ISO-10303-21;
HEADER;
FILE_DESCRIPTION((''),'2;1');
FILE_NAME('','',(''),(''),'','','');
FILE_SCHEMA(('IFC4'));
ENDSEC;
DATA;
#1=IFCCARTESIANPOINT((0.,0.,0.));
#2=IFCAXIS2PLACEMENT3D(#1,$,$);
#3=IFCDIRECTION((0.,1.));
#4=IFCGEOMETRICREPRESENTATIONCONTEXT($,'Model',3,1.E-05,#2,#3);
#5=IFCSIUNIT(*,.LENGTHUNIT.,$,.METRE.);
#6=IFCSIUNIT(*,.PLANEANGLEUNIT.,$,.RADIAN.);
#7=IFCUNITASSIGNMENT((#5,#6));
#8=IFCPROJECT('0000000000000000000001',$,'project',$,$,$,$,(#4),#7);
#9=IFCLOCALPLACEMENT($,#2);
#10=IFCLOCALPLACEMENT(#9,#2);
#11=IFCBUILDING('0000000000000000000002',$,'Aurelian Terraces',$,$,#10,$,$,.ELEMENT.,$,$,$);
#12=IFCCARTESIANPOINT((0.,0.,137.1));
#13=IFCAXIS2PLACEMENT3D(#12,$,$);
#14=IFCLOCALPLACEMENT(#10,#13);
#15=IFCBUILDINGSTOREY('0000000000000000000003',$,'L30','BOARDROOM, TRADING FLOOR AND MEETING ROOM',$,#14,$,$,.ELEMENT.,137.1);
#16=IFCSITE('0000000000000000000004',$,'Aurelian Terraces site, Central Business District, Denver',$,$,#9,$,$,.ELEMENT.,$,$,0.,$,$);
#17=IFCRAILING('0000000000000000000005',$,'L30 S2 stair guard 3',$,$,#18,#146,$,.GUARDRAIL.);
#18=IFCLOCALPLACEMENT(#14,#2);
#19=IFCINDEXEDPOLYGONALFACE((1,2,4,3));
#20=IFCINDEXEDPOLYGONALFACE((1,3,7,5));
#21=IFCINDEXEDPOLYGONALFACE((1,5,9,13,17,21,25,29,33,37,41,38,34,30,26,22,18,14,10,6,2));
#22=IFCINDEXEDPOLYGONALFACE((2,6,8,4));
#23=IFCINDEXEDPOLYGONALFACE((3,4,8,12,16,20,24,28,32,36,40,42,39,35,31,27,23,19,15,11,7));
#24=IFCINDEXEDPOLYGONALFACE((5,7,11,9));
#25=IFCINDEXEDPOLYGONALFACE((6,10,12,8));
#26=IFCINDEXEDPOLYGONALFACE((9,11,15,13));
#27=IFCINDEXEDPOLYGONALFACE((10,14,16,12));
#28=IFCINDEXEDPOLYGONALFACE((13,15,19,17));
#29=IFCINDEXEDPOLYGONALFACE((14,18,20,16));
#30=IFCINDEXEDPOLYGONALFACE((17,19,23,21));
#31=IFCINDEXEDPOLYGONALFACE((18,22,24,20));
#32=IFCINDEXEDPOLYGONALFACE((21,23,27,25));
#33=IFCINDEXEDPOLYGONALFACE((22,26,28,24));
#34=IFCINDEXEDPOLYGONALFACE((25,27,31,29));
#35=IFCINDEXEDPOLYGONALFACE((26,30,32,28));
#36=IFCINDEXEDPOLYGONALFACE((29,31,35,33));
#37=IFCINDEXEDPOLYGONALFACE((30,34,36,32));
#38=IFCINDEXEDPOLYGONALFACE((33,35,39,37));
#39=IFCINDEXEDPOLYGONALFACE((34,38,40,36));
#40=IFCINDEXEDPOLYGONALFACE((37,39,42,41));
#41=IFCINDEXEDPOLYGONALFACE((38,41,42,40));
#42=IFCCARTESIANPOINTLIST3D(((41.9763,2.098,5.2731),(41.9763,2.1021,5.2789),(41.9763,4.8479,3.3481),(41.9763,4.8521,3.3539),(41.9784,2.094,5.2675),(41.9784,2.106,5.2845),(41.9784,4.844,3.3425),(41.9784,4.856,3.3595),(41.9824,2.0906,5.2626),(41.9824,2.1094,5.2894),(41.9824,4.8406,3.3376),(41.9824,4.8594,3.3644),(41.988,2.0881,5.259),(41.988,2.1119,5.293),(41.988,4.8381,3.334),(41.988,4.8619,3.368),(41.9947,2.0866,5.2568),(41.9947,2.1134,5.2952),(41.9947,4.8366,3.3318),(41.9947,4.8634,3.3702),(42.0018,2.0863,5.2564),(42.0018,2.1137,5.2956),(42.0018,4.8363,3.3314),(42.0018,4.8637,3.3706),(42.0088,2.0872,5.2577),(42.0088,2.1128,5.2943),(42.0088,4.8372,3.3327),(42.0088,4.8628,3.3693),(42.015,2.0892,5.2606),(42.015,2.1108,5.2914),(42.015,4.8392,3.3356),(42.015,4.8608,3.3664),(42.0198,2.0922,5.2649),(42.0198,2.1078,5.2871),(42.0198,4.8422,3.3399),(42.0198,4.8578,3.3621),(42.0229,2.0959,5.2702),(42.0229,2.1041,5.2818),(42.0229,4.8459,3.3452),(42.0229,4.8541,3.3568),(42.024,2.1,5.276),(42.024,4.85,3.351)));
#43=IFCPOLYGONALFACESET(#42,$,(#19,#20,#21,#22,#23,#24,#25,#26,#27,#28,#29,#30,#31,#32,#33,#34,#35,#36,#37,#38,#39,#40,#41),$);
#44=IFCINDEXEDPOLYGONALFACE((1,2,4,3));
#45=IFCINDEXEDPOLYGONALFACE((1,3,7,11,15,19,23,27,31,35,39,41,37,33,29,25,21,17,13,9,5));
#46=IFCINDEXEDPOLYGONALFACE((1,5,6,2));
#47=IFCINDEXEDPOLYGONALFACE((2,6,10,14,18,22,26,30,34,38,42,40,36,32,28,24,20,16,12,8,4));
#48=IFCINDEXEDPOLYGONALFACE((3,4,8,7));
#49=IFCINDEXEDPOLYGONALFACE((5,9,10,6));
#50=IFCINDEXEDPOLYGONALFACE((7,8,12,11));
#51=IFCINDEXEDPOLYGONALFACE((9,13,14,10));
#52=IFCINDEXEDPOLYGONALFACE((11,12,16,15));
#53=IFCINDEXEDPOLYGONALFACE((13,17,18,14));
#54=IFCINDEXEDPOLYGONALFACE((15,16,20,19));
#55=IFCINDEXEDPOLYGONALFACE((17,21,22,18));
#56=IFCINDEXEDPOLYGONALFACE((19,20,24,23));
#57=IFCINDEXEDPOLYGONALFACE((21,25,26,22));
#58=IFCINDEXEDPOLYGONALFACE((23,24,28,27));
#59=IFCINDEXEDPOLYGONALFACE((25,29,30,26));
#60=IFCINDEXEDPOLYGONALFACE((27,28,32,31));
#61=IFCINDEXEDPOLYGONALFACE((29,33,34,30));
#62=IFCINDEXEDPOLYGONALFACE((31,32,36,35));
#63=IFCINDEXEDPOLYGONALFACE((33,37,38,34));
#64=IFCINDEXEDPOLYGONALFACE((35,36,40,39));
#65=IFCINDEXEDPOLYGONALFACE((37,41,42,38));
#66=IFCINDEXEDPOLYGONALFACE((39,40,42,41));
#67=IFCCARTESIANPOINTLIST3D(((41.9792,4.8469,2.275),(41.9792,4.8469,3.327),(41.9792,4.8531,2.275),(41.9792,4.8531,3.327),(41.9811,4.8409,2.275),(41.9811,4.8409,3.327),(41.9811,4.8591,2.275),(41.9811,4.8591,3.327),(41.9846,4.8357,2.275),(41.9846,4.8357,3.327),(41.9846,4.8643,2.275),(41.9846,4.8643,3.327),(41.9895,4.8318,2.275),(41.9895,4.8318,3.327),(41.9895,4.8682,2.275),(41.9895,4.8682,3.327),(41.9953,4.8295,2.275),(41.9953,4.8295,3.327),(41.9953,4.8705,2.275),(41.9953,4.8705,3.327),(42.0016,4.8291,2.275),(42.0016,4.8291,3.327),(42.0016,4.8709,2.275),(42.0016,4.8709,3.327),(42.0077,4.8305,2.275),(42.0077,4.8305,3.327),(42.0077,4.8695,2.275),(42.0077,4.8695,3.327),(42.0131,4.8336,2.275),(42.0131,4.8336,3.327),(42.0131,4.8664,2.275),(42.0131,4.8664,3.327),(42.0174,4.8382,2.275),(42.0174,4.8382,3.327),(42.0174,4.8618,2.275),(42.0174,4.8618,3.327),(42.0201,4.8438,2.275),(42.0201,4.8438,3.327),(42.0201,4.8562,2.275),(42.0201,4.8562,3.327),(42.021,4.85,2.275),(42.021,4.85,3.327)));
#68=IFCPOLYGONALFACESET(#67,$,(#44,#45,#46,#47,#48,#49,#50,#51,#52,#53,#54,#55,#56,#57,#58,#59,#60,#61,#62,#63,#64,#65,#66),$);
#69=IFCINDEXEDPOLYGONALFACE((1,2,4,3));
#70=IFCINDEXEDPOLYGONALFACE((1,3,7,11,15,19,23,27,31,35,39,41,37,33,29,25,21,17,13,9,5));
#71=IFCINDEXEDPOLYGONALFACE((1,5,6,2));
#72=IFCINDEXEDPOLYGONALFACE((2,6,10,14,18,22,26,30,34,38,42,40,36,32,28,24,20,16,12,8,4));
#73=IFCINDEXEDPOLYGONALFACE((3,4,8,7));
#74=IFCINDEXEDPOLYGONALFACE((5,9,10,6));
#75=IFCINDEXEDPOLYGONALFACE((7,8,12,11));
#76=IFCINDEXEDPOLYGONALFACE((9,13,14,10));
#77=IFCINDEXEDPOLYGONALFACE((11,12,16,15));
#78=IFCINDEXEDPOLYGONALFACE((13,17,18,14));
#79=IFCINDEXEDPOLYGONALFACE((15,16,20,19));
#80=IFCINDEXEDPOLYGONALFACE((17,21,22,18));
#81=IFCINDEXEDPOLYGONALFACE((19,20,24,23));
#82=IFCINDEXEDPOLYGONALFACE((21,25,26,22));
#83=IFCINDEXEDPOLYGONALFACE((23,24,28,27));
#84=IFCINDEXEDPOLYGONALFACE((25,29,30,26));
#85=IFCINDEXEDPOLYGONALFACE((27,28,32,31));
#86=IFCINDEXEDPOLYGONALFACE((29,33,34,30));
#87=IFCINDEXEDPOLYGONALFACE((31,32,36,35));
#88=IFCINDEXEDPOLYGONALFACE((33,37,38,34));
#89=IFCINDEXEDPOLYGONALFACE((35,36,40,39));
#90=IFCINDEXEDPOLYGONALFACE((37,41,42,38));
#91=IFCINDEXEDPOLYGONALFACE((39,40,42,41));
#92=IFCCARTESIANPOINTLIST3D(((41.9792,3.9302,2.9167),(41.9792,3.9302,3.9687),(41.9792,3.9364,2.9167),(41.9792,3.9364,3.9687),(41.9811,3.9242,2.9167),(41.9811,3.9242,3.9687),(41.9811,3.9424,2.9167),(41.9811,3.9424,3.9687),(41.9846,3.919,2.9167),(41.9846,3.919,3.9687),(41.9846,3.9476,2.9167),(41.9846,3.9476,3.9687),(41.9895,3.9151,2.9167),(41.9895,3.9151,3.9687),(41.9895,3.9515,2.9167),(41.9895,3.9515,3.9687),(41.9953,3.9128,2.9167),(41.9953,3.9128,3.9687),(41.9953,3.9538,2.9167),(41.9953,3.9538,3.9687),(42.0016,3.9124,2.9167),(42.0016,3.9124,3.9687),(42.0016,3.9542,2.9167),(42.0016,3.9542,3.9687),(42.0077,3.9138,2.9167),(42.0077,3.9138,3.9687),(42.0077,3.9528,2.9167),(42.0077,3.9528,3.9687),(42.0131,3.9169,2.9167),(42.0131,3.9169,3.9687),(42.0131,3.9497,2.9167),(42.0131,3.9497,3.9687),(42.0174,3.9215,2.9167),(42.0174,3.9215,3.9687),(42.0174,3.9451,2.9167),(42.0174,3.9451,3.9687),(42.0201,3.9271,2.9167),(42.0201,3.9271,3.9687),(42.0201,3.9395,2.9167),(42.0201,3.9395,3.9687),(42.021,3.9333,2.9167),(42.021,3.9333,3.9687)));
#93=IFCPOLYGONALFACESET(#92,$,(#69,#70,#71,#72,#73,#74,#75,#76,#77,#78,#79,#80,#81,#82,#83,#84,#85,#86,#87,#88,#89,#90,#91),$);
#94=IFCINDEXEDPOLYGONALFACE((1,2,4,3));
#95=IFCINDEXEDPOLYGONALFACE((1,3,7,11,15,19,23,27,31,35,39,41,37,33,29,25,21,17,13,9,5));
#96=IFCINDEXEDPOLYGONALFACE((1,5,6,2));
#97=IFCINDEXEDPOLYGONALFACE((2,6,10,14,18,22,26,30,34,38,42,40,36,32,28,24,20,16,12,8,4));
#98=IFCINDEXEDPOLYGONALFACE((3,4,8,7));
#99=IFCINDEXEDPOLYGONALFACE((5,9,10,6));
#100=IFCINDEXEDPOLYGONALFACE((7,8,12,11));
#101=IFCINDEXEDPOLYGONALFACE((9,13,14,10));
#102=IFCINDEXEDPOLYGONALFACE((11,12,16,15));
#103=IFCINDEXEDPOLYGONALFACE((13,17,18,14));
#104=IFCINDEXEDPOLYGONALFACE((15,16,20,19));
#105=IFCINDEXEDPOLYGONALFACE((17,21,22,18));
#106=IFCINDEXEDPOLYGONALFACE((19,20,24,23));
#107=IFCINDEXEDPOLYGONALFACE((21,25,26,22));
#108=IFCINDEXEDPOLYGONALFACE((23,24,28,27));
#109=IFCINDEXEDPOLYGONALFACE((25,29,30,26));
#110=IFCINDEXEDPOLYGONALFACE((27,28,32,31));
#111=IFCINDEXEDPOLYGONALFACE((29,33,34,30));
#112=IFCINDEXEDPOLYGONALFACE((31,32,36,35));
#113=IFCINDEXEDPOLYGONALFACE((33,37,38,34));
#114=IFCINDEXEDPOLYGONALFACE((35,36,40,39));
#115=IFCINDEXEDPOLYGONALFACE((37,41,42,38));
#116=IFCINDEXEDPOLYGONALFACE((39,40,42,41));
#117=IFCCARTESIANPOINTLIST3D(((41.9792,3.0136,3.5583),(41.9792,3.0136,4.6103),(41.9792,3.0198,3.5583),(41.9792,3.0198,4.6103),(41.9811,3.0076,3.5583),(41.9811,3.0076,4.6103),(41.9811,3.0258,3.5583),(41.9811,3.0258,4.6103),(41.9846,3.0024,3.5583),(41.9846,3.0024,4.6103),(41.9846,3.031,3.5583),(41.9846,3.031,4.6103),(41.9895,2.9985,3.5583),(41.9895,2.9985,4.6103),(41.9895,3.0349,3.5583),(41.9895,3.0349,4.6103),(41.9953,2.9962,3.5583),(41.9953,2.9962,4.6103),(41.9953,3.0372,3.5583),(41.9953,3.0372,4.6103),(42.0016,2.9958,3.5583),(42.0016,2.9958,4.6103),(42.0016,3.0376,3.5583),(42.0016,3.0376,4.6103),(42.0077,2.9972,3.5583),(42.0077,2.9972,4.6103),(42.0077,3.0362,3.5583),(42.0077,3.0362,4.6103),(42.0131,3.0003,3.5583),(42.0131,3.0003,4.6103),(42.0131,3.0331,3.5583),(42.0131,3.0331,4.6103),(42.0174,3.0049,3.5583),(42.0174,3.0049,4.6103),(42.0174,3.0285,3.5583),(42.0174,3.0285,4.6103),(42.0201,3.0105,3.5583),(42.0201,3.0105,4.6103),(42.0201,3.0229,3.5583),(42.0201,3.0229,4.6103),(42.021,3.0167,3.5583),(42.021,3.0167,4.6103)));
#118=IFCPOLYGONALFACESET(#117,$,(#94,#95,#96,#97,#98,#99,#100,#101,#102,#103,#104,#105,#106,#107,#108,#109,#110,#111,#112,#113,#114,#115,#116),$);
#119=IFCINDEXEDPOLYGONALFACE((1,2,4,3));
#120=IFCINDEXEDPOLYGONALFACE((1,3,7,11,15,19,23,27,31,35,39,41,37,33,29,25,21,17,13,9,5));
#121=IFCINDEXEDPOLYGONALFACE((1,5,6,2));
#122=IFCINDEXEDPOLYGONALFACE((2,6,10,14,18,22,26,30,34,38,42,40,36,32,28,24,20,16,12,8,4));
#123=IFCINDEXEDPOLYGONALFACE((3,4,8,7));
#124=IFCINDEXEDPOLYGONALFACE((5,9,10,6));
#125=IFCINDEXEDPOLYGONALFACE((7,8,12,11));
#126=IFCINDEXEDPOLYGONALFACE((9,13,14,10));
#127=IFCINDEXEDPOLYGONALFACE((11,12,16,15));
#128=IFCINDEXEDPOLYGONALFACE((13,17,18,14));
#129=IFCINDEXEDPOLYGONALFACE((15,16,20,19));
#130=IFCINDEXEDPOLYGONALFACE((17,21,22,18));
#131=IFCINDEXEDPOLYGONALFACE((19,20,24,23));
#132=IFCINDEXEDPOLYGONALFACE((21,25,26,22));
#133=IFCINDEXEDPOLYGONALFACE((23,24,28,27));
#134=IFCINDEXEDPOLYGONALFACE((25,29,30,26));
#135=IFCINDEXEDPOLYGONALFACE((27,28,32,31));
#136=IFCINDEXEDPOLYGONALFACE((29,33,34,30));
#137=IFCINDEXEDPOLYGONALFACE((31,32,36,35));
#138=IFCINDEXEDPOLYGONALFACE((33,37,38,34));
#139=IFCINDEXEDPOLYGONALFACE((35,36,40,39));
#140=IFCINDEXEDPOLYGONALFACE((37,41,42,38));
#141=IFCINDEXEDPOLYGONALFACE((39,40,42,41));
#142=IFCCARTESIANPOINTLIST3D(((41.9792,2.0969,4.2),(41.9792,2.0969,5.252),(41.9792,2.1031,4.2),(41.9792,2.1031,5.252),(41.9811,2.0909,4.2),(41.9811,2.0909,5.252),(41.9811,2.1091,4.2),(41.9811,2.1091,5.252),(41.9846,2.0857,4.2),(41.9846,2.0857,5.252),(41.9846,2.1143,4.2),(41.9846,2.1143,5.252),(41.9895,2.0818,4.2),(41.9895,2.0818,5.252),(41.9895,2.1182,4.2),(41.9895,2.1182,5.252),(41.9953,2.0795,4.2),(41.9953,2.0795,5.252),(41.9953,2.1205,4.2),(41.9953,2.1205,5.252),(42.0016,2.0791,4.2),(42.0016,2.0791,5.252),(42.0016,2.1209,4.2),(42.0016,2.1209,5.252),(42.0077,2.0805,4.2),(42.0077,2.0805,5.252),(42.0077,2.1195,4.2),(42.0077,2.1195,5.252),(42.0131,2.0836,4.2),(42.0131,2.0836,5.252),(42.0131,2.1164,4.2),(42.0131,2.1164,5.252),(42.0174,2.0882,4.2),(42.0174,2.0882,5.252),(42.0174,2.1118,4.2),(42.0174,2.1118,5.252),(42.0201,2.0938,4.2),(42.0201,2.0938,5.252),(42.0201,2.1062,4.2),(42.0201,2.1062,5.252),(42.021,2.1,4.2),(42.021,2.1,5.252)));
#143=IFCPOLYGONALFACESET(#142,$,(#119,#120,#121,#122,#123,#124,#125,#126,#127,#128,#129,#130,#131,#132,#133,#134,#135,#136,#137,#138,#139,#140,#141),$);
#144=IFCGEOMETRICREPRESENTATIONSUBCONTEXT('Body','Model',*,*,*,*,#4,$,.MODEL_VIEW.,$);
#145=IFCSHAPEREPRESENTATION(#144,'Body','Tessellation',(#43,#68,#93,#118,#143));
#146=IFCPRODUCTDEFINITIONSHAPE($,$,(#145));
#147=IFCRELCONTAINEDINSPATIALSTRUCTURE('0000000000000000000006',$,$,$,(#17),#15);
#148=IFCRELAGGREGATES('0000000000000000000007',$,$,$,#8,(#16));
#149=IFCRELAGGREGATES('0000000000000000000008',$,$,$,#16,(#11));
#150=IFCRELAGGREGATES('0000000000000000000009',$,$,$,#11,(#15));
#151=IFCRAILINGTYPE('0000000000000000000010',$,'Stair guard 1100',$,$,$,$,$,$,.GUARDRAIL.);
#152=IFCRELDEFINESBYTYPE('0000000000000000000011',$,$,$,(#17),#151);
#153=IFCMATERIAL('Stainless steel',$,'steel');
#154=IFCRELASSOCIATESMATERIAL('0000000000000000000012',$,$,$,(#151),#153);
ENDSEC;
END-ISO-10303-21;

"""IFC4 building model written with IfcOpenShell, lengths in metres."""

from ifc_helpers import new_model, si_unit, direction, frame, origin, origin_2d, place, context, subcontext, project, spatial, circle, extrude, source, transform, mapped, material, type_object, element, save


model = new_model("IFC4")

# Units and contexts
model_context = context("Model", 3, precision=1e-05, world=origin(), true_north=direction((0.0, 1.0)))
body_context = subcontext(model_context, "Body", "Model", "MODEL_VIEW")
ifc_project = project(units=[si_unit("LENGTHUNIT", "METRE"), si_unit("PLANEANGLEUNIT", "RADIAN")], contexts=[model_context])

# Site, building, storey
site_placement = place(None, origin())
site = spatial("IfcSite", under=ifc_project, at=site_placement, Name="Aurelian Terraces site, Central Business District, Denver", CompositionType="ELEMENT", RefElevation=0.0)
building_placement = place(site_placement, origin())
building = spatial("IfcBuilding", under=site, at=building_placement, Name="Aurelian Terraces", CompositionType="ELEMENT")
storey_placement = place(building_placement, frame((0.0, 0.0, 137.1)))
storey = spatial("IfcBuildingStorey", under=building, at=storey_placement, Name="L30", Description="BOARDROOM, TRADING FLOOR AND MEETING ROOM", CompositionType="ELEMENT", Elevation=137.1)

# Railing
ifc_material_1 = material(Name="Stainless steel", Category="steel")
railing_type_1 = type_object("IfcRailingType", Name="Stair guard 1100", PredefinedType="GUARDRAIL", material=ifc_material_1)
shared_shape_1 = source(origin(), body_context, "Body", "SweptSolid", [
    extrude(circle(Radius=0.024, at=origin_2d()), frame((0.0, 0.0, 1.076), z_axis=(0.0, -0.819232, 0.573462), x_axis=(1.0, 0.0, 0.0)), (0.0, 0.0, 1.0), 3.3568),
    extrude(circle(Radius=0.021, at=origin_2d()), origin(), (0.0, 0.0, 1.0), 1.052),
    extrude(circle(Radius=0.021, at=origin_2d()), frame((0.0, -0.9167, 0.6417)), (0.0, 0.0, 1.0), 1.052),
    extrude(circle(Radius=0.021, at=origin_2d()), frame((0.0, -1.8333, 1.2833)), (0.0, 0.0, 1.0), 1.052),
    extrude(circle(Radius=0.021, at=origin_2d()), frame((0.0, -2.75, 1.925)), (0.0, 0.0, 1.0), 1.052),
])
railing_1_placement = place(storey_placement, frame((42.0, 4.85, 2.275)))
element("IfcRailing", 1, at=railing_1_placement, inside=storey, type_object=railing_type_1, Name="L30 S2 stair guard 3", PredefinedType="GUARDRAIL", context=body_context, shape_type="MappedRepresentation", body=[
    mapped(shared_shape_1, transform((0.0, 0.0, 0.0), scale=1.0)),
])

save(model, "model.ifc")
